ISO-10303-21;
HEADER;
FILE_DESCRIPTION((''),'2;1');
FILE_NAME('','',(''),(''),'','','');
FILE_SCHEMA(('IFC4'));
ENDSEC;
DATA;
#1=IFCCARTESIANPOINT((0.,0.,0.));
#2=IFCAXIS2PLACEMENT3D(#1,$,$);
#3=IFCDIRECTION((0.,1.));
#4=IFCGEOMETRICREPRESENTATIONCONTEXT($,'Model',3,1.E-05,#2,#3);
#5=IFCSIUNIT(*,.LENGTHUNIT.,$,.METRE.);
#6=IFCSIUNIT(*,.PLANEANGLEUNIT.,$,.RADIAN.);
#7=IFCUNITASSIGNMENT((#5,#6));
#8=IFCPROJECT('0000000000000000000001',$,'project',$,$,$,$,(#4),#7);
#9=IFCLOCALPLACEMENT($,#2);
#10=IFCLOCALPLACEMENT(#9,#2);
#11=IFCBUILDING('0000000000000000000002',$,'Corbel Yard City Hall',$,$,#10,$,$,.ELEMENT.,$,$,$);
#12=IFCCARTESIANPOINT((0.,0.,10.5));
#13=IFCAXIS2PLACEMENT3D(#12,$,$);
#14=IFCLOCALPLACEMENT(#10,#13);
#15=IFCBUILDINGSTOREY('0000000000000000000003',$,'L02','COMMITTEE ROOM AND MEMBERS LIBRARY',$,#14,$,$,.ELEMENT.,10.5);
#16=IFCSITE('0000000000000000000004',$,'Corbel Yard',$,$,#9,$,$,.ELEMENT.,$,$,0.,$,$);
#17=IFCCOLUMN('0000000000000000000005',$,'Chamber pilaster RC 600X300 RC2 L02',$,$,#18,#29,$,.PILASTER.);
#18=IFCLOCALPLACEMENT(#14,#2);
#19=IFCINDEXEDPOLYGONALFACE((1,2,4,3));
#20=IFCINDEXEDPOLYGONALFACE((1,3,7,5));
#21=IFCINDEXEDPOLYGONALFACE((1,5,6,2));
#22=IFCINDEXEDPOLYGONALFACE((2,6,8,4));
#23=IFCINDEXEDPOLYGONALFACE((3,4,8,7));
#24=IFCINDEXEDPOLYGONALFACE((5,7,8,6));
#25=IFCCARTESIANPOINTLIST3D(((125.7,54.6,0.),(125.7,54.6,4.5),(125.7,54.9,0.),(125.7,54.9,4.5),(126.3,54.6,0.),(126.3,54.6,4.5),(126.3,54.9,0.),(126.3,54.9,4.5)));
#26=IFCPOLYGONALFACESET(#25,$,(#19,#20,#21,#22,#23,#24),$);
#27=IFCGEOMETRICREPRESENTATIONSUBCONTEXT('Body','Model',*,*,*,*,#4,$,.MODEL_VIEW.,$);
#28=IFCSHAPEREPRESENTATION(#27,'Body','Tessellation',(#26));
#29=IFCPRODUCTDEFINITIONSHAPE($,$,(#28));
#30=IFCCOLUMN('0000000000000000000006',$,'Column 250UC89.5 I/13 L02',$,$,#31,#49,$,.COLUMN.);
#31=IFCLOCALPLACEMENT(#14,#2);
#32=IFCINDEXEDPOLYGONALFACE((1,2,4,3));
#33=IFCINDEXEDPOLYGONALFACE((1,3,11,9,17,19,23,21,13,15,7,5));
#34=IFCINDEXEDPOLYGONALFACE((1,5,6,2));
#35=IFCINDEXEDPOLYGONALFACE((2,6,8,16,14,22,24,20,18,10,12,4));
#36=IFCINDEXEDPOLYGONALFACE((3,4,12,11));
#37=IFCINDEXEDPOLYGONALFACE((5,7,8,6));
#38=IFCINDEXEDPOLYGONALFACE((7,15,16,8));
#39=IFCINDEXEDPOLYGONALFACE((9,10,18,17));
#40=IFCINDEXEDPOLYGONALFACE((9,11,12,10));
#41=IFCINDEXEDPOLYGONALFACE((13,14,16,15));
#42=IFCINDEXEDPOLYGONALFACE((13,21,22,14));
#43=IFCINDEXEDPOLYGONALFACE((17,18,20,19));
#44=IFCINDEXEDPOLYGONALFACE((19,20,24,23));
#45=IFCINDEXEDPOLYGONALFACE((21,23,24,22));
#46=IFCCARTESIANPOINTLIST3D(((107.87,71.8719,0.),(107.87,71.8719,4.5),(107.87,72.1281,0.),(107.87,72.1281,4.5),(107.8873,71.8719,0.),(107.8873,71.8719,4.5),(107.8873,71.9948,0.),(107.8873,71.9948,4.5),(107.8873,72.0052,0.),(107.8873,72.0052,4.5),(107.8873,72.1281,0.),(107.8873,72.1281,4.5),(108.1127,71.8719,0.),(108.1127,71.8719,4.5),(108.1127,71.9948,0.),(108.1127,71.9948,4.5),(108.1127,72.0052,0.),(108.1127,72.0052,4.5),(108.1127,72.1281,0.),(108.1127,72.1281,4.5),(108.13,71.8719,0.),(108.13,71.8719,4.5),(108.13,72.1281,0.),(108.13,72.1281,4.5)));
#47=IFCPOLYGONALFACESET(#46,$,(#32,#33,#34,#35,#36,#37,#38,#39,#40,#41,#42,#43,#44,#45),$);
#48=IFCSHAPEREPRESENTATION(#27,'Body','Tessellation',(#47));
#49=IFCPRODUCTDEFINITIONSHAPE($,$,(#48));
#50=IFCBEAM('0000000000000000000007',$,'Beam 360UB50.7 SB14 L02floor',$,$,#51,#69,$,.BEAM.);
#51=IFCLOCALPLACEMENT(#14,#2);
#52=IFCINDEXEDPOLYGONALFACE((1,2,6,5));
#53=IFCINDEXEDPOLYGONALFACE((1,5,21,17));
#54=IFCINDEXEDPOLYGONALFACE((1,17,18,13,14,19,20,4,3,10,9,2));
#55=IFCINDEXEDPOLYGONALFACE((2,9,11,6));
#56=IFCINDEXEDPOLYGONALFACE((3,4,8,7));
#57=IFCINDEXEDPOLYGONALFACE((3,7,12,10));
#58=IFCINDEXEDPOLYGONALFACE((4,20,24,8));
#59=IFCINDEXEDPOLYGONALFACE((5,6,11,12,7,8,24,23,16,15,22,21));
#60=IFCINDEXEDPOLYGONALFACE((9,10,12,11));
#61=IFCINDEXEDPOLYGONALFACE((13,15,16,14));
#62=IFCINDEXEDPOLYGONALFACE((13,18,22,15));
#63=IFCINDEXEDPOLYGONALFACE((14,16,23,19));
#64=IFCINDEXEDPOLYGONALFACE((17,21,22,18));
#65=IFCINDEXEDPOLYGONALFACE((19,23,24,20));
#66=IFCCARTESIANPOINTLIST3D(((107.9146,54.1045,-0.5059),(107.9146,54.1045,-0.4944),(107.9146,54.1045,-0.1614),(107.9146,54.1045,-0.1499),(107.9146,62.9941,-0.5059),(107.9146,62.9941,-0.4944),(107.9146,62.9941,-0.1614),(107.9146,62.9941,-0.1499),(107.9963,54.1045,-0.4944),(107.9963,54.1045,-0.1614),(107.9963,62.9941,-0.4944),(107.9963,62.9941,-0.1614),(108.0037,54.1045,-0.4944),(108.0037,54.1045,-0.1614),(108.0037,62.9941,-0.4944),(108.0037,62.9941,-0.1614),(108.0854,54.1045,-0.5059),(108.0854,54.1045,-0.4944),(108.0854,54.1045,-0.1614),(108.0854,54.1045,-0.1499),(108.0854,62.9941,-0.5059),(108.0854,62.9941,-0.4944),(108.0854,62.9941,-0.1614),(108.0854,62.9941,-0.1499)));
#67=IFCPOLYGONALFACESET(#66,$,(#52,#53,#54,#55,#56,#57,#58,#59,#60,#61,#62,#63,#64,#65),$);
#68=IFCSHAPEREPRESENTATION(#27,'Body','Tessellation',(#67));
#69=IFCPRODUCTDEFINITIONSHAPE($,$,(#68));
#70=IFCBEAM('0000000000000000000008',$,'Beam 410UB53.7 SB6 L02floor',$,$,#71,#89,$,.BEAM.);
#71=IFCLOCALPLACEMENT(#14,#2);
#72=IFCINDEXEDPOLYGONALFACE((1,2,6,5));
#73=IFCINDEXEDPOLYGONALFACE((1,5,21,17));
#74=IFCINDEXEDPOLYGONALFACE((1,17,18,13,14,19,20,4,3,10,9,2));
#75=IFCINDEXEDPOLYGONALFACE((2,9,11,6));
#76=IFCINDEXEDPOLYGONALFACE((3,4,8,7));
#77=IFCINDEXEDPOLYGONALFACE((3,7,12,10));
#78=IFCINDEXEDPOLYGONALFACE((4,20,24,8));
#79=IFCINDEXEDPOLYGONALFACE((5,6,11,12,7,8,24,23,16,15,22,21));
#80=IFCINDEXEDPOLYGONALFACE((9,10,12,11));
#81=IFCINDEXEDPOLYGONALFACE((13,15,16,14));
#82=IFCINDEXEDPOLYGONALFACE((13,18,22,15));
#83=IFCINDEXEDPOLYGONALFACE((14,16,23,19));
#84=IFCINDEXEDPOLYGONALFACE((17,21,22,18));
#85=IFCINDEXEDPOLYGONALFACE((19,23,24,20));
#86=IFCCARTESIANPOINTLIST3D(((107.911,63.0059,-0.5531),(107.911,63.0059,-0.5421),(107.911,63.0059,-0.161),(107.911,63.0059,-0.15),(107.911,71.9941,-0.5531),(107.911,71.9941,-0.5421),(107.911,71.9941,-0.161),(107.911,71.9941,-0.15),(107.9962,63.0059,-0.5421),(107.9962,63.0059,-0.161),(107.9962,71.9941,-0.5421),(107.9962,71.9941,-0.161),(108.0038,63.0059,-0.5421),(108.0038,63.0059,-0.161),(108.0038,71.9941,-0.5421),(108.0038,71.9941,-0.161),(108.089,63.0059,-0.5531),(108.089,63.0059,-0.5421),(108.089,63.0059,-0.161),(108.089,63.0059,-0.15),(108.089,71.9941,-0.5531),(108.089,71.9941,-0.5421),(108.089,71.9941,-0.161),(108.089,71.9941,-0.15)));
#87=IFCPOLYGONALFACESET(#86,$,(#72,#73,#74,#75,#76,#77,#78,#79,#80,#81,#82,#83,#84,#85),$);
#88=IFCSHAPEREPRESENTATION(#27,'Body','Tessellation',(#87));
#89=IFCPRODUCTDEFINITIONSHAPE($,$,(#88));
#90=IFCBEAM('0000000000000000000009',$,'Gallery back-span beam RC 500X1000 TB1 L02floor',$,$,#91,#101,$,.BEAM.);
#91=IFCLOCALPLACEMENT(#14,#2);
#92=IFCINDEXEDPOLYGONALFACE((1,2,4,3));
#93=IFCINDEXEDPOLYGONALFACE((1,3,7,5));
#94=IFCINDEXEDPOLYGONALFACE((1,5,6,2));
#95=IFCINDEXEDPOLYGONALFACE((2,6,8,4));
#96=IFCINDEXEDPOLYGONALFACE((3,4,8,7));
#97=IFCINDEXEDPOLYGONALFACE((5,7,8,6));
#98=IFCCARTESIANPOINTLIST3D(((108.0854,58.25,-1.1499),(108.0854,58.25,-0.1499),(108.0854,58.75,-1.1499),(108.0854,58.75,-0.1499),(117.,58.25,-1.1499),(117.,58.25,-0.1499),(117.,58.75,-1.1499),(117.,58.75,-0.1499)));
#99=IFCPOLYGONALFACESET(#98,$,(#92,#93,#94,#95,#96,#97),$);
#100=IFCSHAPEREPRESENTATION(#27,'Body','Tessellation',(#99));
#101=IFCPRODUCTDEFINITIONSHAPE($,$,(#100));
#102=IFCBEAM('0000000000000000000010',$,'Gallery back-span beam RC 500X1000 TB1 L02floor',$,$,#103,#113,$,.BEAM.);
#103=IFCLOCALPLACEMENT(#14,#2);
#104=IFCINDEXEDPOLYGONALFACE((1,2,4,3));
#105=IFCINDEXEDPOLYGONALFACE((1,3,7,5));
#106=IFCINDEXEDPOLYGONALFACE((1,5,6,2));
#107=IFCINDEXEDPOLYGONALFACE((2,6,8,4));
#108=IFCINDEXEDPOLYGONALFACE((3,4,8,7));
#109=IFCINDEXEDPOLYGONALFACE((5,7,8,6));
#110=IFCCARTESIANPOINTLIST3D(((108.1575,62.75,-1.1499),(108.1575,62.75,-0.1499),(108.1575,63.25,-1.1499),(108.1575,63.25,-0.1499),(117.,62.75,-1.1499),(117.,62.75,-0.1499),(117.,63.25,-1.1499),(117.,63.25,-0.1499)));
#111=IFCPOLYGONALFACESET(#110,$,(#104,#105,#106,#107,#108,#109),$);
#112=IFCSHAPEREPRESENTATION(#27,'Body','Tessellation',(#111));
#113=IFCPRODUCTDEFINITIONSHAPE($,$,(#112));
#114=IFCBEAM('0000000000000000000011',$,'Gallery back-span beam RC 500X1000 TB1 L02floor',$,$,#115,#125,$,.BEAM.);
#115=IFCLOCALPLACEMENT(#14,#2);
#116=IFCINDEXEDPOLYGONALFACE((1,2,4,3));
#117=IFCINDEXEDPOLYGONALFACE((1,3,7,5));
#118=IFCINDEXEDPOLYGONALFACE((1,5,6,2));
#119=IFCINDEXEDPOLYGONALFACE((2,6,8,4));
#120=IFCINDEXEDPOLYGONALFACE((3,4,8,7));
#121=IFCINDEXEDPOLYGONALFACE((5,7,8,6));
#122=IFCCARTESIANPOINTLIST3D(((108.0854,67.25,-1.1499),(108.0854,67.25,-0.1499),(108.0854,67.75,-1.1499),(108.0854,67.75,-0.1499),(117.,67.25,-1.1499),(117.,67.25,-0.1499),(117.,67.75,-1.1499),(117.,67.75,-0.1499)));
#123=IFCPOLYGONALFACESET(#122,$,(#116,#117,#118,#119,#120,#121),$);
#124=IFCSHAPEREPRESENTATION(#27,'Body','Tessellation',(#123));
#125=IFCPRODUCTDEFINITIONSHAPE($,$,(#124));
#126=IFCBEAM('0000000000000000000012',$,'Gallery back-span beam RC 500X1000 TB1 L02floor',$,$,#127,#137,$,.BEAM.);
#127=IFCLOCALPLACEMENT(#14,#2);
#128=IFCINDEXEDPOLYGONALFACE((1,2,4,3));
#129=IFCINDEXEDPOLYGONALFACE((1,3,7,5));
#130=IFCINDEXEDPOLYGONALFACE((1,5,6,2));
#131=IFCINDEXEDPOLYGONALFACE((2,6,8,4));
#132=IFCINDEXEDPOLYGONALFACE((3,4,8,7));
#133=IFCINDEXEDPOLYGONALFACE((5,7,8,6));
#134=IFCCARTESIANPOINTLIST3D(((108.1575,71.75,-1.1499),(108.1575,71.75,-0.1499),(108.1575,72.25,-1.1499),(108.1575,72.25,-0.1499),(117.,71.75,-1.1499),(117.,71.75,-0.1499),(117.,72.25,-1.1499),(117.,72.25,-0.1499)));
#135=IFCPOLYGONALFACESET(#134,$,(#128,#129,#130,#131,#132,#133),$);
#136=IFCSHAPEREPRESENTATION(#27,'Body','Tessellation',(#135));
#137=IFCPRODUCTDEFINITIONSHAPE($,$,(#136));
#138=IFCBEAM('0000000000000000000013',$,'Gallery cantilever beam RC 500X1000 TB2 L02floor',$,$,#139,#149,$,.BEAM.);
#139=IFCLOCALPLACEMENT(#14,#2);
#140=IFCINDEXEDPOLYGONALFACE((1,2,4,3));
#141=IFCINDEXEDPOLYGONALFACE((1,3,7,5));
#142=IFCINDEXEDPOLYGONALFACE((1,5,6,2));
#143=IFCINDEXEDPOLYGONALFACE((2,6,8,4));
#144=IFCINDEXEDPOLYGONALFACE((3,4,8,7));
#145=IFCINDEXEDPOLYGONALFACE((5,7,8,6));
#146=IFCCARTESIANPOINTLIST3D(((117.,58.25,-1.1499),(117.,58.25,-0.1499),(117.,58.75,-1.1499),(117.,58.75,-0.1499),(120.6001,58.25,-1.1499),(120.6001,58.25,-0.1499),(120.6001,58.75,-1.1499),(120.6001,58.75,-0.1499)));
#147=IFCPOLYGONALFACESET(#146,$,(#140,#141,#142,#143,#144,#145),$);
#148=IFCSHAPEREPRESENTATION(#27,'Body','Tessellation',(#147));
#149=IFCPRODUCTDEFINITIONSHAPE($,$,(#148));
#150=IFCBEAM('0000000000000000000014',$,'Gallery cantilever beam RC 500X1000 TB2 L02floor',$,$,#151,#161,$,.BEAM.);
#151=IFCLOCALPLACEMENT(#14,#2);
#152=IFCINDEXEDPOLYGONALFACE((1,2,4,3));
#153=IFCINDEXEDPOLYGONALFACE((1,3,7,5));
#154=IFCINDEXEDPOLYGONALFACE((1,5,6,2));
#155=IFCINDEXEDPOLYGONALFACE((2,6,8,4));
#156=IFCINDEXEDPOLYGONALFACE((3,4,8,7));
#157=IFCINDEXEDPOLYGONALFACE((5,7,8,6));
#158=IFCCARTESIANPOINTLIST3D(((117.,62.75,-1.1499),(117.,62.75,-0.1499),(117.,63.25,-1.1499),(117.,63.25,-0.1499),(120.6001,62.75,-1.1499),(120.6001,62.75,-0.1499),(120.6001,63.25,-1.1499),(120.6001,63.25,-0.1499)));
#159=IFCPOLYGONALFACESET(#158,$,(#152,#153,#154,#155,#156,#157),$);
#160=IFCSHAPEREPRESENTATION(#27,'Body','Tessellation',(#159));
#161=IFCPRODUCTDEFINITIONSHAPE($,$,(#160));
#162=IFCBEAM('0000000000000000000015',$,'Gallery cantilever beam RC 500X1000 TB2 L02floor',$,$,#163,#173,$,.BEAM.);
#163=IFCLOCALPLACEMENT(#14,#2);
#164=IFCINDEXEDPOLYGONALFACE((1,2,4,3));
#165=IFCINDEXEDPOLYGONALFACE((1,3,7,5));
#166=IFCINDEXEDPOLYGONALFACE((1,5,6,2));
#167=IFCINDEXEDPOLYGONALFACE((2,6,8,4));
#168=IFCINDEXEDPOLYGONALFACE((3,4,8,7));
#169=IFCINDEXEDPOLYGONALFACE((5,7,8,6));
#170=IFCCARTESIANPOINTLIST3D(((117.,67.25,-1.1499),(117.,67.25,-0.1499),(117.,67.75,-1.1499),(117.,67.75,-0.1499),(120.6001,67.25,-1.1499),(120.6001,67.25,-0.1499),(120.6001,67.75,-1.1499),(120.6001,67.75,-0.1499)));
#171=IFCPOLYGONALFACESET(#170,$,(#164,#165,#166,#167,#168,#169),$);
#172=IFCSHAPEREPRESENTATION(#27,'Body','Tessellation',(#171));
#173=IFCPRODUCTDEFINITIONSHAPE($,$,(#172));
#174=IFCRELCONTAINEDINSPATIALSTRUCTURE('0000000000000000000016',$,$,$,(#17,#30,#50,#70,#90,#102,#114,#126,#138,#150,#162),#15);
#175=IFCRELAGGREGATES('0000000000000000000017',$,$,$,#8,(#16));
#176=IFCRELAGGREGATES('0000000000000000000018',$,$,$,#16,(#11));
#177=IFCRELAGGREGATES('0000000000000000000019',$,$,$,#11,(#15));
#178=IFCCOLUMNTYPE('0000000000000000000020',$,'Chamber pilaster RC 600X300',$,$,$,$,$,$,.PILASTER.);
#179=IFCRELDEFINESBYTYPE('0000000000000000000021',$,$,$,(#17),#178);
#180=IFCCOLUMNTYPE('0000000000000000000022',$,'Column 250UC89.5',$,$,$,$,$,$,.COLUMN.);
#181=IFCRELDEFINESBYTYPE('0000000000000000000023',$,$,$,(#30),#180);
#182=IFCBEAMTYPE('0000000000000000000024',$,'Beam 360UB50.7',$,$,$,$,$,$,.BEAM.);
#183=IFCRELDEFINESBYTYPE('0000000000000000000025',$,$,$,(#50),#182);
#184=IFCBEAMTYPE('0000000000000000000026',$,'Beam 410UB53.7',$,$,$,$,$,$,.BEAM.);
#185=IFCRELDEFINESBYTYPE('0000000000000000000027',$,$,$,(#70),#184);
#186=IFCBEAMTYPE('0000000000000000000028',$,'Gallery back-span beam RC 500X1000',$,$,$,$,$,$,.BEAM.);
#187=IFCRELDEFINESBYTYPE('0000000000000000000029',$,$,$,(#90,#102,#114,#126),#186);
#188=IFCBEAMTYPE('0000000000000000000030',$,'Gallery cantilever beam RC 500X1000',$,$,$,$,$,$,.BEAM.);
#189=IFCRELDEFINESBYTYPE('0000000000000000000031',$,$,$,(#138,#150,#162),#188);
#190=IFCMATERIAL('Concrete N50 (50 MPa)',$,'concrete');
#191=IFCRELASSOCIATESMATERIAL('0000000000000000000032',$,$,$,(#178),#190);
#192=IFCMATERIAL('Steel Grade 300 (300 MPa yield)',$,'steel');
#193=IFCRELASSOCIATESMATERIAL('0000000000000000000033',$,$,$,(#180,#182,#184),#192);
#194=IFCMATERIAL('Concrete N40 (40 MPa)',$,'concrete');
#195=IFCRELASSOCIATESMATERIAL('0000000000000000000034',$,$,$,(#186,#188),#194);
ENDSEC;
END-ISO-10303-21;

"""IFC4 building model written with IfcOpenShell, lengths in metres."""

from ifc_helpers import new_model, si_unit, direction, frame, origin, origin_2d, place, context, subcontext, project, spatial, rectangle, i_section, extrude, material, material_profile, profile_set, type_object, element, save


model = new_model("IFC4")

# Units and contexts
model_context = context("Model", 3, precision=1e-05, world=origin(), true_north=direction((0.0, 1.0)))
body_context = subcontext(model_context, "Body", "Model", "MODEL_VIEW")
ifc_project = project(units=[si_unit("LENGTHUNIT", "METRE"), si_unit("PLANEANGLEUNIT", "RADIAN")], contexts=[model_context])

# Site, building, storey
site_placement = place(None, origin())
site = spatial("IfcSite", under=ifc_project, at=site_placement, Name="Corbel Yard", CompositionType="ELEMENT", RefElevation=0.0)
building_placement = place(site_placement, origin())
building = spatial("IfcBuilding", under=site, at=building_placement, Name="Corbel Yard City Hall", CompositionType="ELEMENT")
storey_placement = place(building_placement, frame((0.0, 0.0, 10.5)))
storey = spatial("IfcBuildingStorey", under=building, at=storey_placement, Name="L02", Description="COMMITTEE ROOM AND MEMBERS LIBRARY", CompositionType="ELEMENT", Elevation=10.5)

# Columns
ifc_material_1 = material(Name="Concrete N50 (50 MPa)", Category="concrete")
ifc_material_profile_1 = material_profile(ifc_material_1, rectangle(XDim=0.6001, YDim=0.3, at=origin_2d()), Name="600x300")
ifc_profile_set_1 = profile_set([ifc_material_profile_1], Name="Concrete N50 (50 MPa)")
column_type_1 = type_object("IfcColumnType", Name="Chamber pilaster RC 600X300", PredefinedType="PILASTER", material=ifc_profile_set_1)
column_1_placement = place(storey_placement, frame((126.0, 54.75, 0.0), z_axis=(0.0, 0.0, 1.0), x_axis=(1.0, 0.0, 0.0)))
element("IfcColumn", 1, at=column_1_placement, inside=storey, type_object=column_type_1, Name="Chamber pilaster RC 600X300 RC2 L02", PredefinedType="PILASTER", context=body_context, shape_type="SweptSolid", body=[
    extrude(rectangle(XDim=0.6001, YDim=0.3, at=origin_2d()), origin(), (0.0, 0.0, 1.0), 4.5),
])
ifc_material_2 = material(Name="Steel Grade 300 (300 MPa yield)", Category="steel")
ifc_material_profile_2 = material_profile(ifc_material_2, i_section(OverallWidth=0.2561, OverallDepth=0.26, WebThickness=0.0105, FlangeThickness=0.0173, at=origin_2d()), Name="250UC89.5")
ifc_profile_set_2 = profile_set([ifc_material_profile_2], Name="Steel Grade 300 (300 MPa yield)")
column_type_2 = type_object("IfcColumnType", Name="Column 250UC89.5", PredefinedType="COLUMN", material=ifc_profile_set_2)
column_2_placement = place(storey_placement, frame((108.0, 72.0, 0.0), z_axis=(0.0, 0.0, 1.0), x_axis=(0.0, 1.0, 0.0)))
element("IfcColumn", 2, at=column_2_placement, inside=storey, type_object=column_type_2, Name="Column 250UC89.5 I/13 L02", PredefinedType="COLUMN", context=body_context, shape_type="SweptSolid", body=[
    extrude(i_section(OverallWidth=0.2561, OverallDepth=0.26, WebThickness=0.0105, FlangeThickness=0.0173, at=origin_2d()), origin(), (0.0, 0.0, 1.0), 4.5),
])

# Beams
ifc_material_profile_3 = material_profile(ifc_material_2, i_section(OverallWidth=0.1709, OverallDepth=0.356, WebThickness=0.0073, FlangeThickness=0.0115, at=origin_2d()), Name="360UB50.7")
ifc_profile_set_3 = profile_set([ifc_material_profile_3], Name="Steel Grade 300 (300 MPa yield)")
beam_type_1 = type_object("IfcBeamType", Name="Beam 360UB50.7", PredefinedType="BEAM", material=ifc_profile_set_3)
beam_1_placement = place(storey_placement, frame((108.0, 54.1045, -0.3279), z_axis=(0.0, 1.0, 0.0), x_axis=(-1.0, 0.0, 0.0)))
element("IfcBeam", 3, at=beam_1_placement, inside=storey, type_object=beam_type_1, Name="Beam 360UB50.7 SB14 L02floor", PredefinedType="BEAM", context=body_context, shape_type="SweptSolid", body=[
    extrude(i_section(OverallWidth=0.1709, OverallDepth=0.356, WebThickness=0.0073, FlangeThickness=0.0115, at=origin_2d()), origin(), (0.0, 0.0, 1.0), 8.8896),
])
ifc_material_profile_4 = material_profile(ifc_material_2, i_section(OverallWidth=0.178, OverallDepth=0.4031, WebThickness=0.0076, FlangeThickness=0.011, at=origin_2d()), Name="410UB53.7")
ifc_profile_set_4 = profile_set([ifc_material_profile_4], Name="Steel Grade 300 (300 MPa yield)")
beam_type_2 = type_object("IfcBeamType", Name="Beam 410UB53.7", PredefinedType="BEAM", material=ifc_profile_set_4)
beam_2_placement = place(storey_placement, frame((108.0, 63.0059, -0.3516), z_axis=(0.0, 1.0, 0.0), x_axis=(-1.0, 0.0, 0.0)))
element("IfcBeam", 4, at=beam_2_placement, inside=storey, type_object=beam_type_2, Name="Beam 410UB53.7 SB6 L02floor", PredefinedType="BEAM", context=body_context, shape_type="SweptSolid", body=[
    extrude(i_section(OverallWidth=0.178, OverallDepth=0.4031, WebThickness=0.0076, FlangeThickness=0.011, at=origin_2d()), origin(), (0.0, 0.0, 1.0), 8.9883),
])
ifc_material_3 = material(Name="Concrete N40 (40 MPa)", Category="concrete")
ifc_material_profile_5 = material_profile(ifc_material_3, rectangle(XDim=0.5, YDim=1.0, at=origin_2d()), Name="500x1000")
ifc_profile_set_5 = profile_set([ifc_material_profile_5], Name="Concrete N40 (40 MPa)")
beam_type_3 = type_object("IfcBeamType", Name="Gallery back-span beam RC 500X1000", PredefinedType="BEAM", material=ifc_profile_set_5)
beam_3_placement = place(storey_placement, frame((108.0854, 58.5, -0.6499), z_axis=(1.0, 0.0, 0.0), x_axis=(0.0, 1.0, 0.0)))
element("IfcBeam", 5, at=beam_3_placement, inside=storey, type_object=beam_type_3, Name="Gallery back-span beam RC 500X1000 TB1 L02floor", PredefinedType="BEAM", context=body_context, shape_type="SweptSolid", body=[
    extrude(rectangle(XDim=0.5, YDim=1.0, at=origin_2d()), origin(), (0.0, 0.0, 1.0), 8.9146),
])
beam_4_placement = place(storey_placement, frame((108.1575, 63.0, -0.6499), z_axis=(1.0, 0.0, 0.0), x_axis=(0.0, 1.0, 0.0)))
element("IfcBeam", 6, at=beam_4_placement, inside=storey, type_object=beam_type_3, Name="Gallery back-span beam RC 500X1000 TB1 L02floor", PredefinedType="BEAM", context=body_context, shape_type="SweptSolid", body=[
    extrude(rectangle(XDim=0.5, YDim=1.0, at=origin_2d()), origin(), (0.0, 0.0, 1.0), 8.8425),
])
beam_5_placement = place(storey_placement, frame((108.0854, 67.5, -0.6499), z_axis=(1.0, 0.0, 0.0), x_axis=(0.0, 1.0, 0.0)))
element("IfcBeam", 7, at=beam_5_placement, inside=storey, type_object=beam_type_3, Name="Gallery back-span beam RC 500X1000 TB1 L02floor", PredefinedType="BEAM", context=body_context, shape_type="SweptSolid", body=[
    extrude(rectangle(XDim=0.5, YDim=1.0, at=origin_2d()), origin(), (0.0, 0.0, 1.0), 8.9146),
])
beam_6_placement = place(storey_placement, frame((108.1575, 72.0, -0.6499), z_axis=(1.0, 0.0, 0.0), x_axis=(0.0, 1.0, 0.0)))
element("IfcBeam", 8, at=beam_6_placement, inside=storey, type_object=beam_type_3, Name="Gallery back-span beam RC 500X1000 TB1 L02floor", PredefinedType="BEAM", context=body_context, shape_type="SweptSolid", body=[
    extrude(rectangle(XDim=0.5, YDim=1.0, at=origin_2d()), origin(), (0.0, 0.0, 1.0), 8.8425),
])
ifc_material_profile_6 = material_profile(ifc_material_3, rectangle(XDim=0.5, YDim=1.0, at=origin_2d()), Name="500x1000")
ifc_profile_set_6 = profile_set([ifc_material_profile_6], Name="Concrete N40 (40 MPa)")
beam_type_4 = type_object("IfcBeamType", Name="Gallery cantilever beam RC 500X1000", PredefinedType="BEAM", material=ifc_profile_set_6)
for number, where, z_axis, x_axis, name in (
    (9, (117.0, 58.5, -0.6499), (1.0, 0.0, 0.0), (0.0, 1.0, 0.0), "Gallery cantilever beam RC 500X1000 TB2 L02floor"),
    (10, (117.0, 63.0, -0.6499), (1.0, 0.0, 0.0), (0.0, 1.0, 0.0), "Gallery cantilever beam RC 500X1000 TB2 L02floor"),
    (11, (117.0, 67.5, -0.6499), (1.0, 0.0, 0.0), (0.0, 1.0, 0.0), "Gallery cantilever beam RC 500X1000 TB2 L02floor"),
):
    element("IfcBeam", number, at=place(storey_placement, frame(where, z_axis=z_axis, x_axis=x_axis)), inside=storey, type_object=beam_type_4, Name=name, PredefinedType="BEAM", context=body_context, shape_type="SweptSolid", body=[
        extrude(rectangle(XDim=0.5, YDim=1.0, at=origin_2d()), origin(), (0.0, 0.0, 1.0), 3.6001),
    ])

save(model, "model.ifc")
